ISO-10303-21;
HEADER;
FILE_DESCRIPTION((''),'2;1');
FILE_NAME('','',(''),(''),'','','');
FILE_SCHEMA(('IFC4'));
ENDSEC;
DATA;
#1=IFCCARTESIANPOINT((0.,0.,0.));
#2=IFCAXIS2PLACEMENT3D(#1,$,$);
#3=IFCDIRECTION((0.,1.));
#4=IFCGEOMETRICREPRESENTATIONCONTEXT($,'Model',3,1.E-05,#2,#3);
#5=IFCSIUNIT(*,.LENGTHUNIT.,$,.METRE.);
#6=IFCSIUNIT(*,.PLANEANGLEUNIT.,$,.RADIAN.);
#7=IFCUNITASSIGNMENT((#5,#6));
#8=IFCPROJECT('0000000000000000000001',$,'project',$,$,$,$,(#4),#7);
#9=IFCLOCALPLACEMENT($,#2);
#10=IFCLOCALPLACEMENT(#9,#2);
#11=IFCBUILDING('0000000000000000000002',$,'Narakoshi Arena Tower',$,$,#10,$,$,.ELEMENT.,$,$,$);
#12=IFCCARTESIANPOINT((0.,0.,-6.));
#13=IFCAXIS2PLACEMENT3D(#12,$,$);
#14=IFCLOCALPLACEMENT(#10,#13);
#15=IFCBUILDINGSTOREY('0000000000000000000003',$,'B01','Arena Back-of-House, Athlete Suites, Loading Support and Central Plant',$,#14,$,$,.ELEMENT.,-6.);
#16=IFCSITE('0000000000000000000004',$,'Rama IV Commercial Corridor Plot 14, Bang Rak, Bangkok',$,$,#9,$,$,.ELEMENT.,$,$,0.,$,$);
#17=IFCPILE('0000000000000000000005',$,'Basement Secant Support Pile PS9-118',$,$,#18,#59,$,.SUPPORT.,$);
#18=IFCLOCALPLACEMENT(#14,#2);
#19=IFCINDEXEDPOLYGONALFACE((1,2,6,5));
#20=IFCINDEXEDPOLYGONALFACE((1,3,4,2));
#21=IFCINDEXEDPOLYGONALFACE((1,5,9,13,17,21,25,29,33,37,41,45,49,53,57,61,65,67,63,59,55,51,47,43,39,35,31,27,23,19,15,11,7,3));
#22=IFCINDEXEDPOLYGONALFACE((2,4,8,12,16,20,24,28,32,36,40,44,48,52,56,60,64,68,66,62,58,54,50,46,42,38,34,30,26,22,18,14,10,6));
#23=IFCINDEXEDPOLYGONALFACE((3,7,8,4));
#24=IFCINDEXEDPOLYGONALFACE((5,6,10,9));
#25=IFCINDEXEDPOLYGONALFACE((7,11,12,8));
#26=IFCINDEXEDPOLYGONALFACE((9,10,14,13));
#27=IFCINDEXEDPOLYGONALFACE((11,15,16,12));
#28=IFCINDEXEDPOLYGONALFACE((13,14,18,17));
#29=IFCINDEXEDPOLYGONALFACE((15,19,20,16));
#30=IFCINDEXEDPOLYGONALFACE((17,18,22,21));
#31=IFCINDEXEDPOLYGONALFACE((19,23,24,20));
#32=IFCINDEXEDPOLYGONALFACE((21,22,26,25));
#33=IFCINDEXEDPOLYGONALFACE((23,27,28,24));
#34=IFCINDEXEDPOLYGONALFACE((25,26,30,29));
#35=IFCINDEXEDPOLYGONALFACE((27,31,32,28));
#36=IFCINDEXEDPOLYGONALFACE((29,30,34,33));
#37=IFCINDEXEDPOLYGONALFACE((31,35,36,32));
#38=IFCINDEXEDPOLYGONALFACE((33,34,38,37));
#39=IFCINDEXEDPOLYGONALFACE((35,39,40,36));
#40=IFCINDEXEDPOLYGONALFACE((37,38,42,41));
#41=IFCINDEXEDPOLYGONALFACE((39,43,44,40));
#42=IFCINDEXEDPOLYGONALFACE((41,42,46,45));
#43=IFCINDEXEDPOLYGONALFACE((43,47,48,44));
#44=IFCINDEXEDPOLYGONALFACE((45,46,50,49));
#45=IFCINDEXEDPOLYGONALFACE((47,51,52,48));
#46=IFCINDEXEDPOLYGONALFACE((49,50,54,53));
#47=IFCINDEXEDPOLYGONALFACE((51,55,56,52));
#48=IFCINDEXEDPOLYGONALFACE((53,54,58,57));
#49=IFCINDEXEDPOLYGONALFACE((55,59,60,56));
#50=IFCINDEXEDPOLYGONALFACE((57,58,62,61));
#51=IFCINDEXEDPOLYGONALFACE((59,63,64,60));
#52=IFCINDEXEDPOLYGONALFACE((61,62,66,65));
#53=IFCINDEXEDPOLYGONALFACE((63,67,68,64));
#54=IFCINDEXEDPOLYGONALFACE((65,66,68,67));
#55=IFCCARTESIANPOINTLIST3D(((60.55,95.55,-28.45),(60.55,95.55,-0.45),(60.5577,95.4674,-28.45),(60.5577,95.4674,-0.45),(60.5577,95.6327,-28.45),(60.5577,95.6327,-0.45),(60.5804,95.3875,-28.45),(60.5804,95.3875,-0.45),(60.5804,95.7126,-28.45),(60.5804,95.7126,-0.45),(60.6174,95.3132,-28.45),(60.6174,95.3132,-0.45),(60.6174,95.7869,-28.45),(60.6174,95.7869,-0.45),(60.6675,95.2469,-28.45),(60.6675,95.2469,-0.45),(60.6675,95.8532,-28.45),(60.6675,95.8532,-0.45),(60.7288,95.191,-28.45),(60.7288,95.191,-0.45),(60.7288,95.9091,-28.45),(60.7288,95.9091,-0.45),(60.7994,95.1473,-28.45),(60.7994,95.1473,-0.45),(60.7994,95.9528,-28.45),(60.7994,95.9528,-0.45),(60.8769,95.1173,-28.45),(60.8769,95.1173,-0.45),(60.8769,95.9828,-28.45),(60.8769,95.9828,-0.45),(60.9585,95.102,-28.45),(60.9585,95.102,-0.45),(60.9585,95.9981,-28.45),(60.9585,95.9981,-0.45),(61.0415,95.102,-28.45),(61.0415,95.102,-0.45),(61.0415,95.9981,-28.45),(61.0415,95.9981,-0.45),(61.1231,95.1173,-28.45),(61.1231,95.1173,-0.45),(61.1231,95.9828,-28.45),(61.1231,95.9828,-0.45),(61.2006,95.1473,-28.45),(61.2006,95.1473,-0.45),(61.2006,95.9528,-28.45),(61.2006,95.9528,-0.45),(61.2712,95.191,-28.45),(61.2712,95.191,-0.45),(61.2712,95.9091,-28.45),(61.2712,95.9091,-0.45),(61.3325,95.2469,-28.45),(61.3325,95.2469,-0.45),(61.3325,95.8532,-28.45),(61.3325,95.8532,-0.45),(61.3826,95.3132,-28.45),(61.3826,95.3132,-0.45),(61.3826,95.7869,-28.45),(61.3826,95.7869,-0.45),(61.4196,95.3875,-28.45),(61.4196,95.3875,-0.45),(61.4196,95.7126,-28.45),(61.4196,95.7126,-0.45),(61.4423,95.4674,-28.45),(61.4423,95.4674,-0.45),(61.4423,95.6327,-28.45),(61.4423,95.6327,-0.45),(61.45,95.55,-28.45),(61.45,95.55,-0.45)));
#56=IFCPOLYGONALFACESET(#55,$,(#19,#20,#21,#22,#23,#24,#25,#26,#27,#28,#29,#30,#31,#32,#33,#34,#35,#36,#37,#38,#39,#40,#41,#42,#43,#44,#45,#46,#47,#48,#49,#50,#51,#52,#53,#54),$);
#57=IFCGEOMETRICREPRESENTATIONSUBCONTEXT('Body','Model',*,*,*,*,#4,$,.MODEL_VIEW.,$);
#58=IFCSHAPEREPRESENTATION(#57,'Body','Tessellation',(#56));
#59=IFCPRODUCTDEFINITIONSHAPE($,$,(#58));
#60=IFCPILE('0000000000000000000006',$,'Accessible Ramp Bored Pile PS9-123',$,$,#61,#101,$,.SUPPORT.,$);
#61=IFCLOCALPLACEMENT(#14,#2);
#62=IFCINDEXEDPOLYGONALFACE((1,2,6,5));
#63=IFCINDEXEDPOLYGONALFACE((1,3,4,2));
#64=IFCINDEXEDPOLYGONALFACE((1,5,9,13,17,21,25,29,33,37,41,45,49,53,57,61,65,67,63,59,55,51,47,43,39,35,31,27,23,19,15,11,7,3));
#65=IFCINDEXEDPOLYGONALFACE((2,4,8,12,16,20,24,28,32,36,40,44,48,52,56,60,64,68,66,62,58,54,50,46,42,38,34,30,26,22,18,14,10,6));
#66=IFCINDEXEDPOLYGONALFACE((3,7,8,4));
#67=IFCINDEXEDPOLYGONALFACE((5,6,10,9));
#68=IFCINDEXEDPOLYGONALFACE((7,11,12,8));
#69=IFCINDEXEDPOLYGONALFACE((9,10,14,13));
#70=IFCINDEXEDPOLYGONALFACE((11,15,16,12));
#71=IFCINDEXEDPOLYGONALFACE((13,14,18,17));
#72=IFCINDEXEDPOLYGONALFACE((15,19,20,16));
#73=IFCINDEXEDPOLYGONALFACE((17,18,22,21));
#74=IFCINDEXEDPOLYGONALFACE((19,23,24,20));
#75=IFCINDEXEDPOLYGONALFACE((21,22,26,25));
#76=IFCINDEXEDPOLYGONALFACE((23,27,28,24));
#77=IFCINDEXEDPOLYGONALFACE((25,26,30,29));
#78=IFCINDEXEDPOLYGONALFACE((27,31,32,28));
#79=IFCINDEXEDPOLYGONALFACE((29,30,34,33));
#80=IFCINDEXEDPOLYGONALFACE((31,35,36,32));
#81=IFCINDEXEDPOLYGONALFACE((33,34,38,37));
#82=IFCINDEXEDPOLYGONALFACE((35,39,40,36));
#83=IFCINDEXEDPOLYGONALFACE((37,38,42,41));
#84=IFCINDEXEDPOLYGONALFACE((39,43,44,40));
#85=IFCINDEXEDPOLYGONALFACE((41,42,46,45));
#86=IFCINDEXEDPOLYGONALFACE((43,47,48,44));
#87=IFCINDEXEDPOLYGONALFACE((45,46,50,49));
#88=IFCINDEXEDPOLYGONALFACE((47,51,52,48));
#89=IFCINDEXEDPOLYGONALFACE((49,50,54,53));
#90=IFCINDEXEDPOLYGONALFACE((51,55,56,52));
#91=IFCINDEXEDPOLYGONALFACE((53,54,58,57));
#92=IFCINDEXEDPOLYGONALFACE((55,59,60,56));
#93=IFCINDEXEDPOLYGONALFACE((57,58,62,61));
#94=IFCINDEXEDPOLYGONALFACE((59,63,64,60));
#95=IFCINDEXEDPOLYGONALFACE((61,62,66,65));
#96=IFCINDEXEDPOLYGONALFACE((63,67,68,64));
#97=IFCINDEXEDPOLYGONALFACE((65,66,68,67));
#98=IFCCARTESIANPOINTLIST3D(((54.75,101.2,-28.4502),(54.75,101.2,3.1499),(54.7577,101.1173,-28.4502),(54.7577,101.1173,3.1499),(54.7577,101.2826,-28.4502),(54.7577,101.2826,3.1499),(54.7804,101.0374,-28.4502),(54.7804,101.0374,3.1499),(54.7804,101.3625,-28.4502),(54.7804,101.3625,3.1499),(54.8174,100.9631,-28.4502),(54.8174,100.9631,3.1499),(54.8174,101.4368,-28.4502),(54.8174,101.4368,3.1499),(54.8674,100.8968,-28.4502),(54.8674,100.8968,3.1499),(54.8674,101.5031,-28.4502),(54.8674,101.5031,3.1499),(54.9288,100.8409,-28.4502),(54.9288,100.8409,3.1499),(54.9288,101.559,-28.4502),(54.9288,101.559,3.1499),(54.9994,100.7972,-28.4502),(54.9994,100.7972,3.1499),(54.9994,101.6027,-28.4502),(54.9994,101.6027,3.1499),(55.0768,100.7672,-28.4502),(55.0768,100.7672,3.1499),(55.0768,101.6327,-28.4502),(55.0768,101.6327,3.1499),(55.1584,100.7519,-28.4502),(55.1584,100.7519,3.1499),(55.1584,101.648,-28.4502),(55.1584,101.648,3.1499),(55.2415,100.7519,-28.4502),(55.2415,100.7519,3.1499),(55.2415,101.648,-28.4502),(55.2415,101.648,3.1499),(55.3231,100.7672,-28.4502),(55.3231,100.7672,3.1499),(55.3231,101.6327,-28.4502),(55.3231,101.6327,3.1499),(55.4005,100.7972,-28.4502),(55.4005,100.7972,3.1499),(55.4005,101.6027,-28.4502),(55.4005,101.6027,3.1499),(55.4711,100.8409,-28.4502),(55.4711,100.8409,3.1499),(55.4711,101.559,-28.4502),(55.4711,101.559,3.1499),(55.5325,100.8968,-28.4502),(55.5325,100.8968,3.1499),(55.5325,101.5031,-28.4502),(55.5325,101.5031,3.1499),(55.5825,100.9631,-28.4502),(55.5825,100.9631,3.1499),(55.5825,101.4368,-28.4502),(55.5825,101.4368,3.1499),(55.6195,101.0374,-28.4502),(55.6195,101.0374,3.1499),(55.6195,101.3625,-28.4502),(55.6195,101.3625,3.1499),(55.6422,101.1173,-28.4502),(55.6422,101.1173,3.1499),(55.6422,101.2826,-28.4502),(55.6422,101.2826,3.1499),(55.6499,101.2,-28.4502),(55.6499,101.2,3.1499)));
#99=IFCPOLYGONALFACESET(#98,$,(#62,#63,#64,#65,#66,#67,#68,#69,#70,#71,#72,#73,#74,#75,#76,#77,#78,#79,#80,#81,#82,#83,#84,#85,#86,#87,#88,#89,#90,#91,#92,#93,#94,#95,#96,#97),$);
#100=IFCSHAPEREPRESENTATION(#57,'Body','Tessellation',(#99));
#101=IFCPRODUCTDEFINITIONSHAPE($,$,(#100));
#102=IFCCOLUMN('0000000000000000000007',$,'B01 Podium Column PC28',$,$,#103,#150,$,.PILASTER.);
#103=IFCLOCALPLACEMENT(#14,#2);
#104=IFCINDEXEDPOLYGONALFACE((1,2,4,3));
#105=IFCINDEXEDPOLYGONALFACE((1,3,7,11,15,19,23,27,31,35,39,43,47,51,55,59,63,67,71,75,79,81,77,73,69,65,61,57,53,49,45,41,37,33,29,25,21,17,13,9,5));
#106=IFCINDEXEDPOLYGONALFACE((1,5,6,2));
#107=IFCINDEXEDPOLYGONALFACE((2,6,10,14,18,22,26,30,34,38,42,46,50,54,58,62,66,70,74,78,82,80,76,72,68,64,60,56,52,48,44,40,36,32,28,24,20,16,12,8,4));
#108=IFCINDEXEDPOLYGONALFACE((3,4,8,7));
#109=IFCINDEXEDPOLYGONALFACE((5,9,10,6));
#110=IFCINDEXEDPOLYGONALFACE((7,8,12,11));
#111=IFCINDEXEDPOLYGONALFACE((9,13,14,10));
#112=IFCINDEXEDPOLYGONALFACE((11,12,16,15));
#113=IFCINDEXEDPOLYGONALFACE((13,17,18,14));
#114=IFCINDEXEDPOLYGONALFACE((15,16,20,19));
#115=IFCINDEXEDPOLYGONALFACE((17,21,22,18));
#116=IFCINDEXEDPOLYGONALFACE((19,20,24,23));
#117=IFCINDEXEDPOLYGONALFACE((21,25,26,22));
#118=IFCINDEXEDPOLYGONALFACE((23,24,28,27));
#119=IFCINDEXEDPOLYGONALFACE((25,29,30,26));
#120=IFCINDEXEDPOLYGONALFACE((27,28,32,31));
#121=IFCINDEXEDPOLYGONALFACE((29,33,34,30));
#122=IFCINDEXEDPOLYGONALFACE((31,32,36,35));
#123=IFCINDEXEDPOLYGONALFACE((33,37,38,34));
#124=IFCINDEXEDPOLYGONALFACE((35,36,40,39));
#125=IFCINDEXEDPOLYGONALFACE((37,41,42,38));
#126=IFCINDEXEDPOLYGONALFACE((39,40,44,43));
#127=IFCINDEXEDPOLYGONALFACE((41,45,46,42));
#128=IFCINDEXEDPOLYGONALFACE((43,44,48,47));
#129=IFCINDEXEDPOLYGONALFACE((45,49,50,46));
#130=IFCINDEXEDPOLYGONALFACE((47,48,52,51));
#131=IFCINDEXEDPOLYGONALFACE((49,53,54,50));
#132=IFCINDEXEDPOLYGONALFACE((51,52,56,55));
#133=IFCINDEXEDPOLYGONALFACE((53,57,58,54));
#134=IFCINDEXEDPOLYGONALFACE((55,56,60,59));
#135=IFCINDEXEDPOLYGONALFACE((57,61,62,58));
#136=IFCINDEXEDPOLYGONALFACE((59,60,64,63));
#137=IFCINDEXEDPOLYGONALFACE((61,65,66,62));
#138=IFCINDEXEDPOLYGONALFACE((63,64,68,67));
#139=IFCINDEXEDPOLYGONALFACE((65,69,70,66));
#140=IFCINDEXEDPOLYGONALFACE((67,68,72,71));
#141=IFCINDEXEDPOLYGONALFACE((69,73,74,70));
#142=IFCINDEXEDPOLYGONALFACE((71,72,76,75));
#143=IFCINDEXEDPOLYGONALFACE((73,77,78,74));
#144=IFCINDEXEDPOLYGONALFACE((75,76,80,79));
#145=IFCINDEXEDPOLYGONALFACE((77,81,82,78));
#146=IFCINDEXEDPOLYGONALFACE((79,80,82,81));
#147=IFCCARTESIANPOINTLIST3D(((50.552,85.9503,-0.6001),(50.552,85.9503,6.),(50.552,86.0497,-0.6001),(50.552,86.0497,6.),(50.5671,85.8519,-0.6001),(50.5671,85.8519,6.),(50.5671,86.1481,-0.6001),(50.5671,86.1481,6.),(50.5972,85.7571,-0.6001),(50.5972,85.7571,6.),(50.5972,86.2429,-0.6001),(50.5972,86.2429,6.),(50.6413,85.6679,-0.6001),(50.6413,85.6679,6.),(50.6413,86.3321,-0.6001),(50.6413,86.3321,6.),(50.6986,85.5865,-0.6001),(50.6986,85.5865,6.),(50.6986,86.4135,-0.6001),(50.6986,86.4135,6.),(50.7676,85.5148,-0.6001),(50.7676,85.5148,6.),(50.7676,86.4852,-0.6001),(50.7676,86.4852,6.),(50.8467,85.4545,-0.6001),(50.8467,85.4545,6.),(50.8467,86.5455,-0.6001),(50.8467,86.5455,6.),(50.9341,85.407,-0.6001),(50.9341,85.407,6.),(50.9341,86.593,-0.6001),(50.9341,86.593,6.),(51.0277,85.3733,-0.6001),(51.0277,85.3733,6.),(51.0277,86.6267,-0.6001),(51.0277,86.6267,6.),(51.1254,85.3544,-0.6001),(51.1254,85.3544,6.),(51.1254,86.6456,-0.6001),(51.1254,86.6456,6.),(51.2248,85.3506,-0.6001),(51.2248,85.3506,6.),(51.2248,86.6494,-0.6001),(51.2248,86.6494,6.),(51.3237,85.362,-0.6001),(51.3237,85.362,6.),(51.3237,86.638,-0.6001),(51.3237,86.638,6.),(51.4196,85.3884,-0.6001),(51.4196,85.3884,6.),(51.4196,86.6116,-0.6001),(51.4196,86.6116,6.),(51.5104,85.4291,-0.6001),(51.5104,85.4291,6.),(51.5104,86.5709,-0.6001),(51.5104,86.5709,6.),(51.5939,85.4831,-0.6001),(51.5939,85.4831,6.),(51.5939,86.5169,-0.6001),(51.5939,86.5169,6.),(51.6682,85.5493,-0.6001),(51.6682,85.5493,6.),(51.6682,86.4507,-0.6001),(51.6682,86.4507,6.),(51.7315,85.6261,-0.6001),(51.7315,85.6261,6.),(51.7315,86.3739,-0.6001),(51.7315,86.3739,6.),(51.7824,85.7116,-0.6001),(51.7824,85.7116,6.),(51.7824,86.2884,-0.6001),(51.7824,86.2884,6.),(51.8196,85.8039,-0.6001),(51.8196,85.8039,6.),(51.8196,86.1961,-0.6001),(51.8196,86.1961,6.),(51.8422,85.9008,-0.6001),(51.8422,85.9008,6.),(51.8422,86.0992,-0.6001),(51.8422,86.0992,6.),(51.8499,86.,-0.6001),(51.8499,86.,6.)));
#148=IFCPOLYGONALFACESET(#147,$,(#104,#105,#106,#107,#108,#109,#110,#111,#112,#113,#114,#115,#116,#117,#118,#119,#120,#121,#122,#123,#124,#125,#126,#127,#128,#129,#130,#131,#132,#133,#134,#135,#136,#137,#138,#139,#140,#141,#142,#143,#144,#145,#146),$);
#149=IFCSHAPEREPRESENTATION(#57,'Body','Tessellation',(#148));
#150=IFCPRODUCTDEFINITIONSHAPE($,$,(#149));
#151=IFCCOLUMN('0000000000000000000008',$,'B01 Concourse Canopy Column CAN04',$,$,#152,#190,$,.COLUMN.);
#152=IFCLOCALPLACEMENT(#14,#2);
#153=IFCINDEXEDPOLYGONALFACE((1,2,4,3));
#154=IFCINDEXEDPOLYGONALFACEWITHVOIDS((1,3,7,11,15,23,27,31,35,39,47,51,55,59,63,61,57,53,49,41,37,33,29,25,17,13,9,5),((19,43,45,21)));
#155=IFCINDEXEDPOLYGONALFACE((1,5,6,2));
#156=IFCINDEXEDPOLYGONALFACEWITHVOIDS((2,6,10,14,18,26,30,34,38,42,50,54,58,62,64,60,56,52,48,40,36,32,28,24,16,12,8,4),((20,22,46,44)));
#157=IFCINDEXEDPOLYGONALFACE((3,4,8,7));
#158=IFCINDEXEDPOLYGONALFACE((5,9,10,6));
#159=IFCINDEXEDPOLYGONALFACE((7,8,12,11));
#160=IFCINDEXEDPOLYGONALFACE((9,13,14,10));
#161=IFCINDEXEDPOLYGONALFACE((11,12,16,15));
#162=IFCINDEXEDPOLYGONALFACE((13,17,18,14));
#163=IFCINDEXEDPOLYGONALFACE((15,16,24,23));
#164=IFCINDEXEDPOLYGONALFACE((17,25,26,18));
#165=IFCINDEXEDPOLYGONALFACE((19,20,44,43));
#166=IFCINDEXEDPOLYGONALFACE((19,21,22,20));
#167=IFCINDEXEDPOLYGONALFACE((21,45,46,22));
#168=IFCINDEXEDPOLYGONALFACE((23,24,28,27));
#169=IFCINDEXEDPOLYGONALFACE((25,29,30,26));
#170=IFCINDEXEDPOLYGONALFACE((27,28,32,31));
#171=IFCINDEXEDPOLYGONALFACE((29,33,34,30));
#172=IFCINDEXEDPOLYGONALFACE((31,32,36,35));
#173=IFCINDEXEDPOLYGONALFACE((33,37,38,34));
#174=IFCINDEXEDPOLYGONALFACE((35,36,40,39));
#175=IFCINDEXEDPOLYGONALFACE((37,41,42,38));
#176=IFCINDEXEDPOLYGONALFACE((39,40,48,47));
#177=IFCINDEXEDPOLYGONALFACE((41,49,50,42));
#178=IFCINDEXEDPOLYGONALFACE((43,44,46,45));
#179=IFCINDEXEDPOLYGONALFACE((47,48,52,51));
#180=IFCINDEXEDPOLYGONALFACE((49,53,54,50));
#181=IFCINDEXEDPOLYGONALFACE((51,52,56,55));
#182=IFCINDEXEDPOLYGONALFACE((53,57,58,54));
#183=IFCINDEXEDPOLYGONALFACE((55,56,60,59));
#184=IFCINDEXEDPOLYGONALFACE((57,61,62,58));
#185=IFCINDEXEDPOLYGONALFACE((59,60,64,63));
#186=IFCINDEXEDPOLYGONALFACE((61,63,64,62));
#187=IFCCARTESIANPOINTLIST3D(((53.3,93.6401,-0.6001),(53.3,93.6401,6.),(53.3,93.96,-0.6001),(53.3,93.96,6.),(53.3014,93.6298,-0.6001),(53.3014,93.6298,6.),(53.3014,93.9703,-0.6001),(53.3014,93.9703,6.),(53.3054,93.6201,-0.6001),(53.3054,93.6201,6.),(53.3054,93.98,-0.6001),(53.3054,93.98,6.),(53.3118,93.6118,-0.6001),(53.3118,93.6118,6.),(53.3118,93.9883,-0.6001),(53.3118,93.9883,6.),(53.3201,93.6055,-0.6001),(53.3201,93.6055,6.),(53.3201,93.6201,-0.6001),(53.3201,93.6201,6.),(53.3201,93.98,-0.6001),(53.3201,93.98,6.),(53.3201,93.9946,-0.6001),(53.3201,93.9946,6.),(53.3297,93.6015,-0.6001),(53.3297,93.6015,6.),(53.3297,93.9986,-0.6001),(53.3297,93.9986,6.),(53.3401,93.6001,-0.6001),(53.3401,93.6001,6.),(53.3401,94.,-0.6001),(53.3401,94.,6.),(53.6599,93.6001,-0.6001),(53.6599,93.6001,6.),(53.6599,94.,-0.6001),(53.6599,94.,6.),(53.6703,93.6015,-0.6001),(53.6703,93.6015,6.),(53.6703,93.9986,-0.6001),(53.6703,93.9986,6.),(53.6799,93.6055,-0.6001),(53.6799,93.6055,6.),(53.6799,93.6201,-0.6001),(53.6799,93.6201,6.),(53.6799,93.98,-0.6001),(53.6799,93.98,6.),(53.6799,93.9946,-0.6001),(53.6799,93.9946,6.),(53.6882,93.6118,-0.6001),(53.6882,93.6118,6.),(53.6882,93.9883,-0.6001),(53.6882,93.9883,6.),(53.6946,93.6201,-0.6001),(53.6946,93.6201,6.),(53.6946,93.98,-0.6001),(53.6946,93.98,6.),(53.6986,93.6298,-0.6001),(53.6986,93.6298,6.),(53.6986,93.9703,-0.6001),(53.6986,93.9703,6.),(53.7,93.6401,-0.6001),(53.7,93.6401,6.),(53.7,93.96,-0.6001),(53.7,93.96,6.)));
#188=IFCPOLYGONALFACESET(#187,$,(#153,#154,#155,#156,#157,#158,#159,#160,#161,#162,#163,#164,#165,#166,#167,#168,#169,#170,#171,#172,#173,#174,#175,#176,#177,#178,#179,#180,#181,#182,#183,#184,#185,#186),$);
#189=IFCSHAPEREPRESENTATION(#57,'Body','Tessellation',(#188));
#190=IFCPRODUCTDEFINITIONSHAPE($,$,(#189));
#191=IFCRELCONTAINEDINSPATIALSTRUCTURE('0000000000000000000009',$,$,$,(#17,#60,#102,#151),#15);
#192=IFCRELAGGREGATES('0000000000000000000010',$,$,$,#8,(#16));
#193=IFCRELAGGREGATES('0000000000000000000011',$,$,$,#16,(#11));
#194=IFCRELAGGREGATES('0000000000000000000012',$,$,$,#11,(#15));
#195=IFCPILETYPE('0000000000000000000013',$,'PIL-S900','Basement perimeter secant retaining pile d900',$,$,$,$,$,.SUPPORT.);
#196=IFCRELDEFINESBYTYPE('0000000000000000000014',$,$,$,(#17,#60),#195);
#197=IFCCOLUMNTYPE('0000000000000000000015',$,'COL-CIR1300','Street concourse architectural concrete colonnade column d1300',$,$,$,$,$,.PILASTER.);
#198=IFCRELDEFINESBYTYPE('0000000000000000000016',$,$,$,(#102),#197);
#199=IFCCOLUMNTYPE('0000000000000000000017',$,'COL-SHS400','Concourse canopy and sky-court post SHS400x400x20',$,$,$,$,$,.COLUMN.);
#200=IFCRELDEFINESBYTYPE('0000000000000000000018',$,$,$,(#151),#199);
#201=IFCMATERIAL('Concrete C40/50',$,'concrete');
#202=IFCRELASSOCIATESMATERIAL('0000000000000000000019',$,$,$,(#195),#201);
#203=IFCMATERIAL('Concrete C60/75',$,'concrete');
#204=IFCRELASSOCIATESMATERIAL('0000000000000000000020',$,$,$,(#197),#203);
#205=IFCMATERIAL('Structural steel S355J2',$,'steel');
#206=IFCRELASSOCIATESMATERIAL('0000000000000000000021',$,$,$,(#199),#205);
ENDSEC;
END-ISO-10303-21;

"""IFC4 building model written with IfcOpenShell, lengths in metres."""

from ifc_helpers import new_model, si_unit, direction, frame, origin, origin_2d, place, context, subcontext, project, spatial, hollow_rectangle, circle, extrude, material, material_profile, profile_set, type_object, element, save


model = new_model("IFC4")

# Units and contexts
model_context = context("Model", 3, precision=1e-05, world=origin(), true_north=direction((0.0, 1.0)))
body_context = subcontext(model_context, "Body", "Model", "MODEL_VIEW")
ifc_project = project(units=[si_unit("LENGTHUNIT", "METRE"), si_unit("PLANEANGLEUNIT", "RADIAN")], contexts=[model_context])

# Site, building, storey
site_placement = place(None, origin())
site = spatial("IfcSite", under=ifc_project, at=site_placement, Name="Rama IV Commercial Corridor Plot 14, Bang Rak, Bangkok", CompositionType="ELEMENT", RefElevation=0.0)
building_placement = place(site_placement, origin())
building = spatial("IfcBuilding", under=site, at=building_placement, Name="Narakoshi Arena Tower", CompositionType="ELEMENT")
storey_placement = place(building_placement, frame((0.0, 0.0, -6.0)))
storey = spatial("IfcBuildingStorey", under=building, at=storey_placement, Name="B01", Description="Arena Back-of-House, Athlete Suites, Loading Support and Central Plant", CompositionType="ELEMENT", Elevation=-6.0)

# Piles
ifc_material_1 = material(Name="Concrete C40/50", Category="concrete")
ifc_material_profile_1 = material_profile(ifc_material_1, circle(Radius=0.45, at=origin_2d()), Name="PILE-D900")
ifc_profile_set_1 = profile_set([ifc_material_profile_1], Name="Concrete C40/50")
pile_type_1 = type_object("IfcPileType", Name="PIL-S900", Description="Basement perimeter secant retaining pile d900", PredefinedType="SUPPORT", material=ifc_profile_set_1)
pile_1_placement = place(storey_placement, frame((61.0, 95.55, -0.45), z_axis=(0.0, 0.0, -1.0), x_axis=(1.0, 0.0, 0.0)))
element("IfcPile", 1, at=pile_1_placement, inside=storey, type_object=pile_type_1, Name="Basement Secant Support Pile PS9-118", PredefinedType="SUPPORT", context=body_context, shape_type="SweptSolid", body=[
    extrude(circle(Radius=0.45, at=origin_2d()), origin(), (0.0, 0.0, 1.0), 28.0),
])
pile_2_placement = place(storey_placement, frame((55.2, 101.2, 3.1499), z_axis=(0.0, 0.0, -1.0), x_axis=(1.0, 0.0, 0.0)))
element("IfcPile", 2, at=pile_2_placement, inside=storey, type_object=pile_type_1, Name="Accessible Ramp Bored Pile PS9-123", PredefinedType="SUPPORT", context=body_context, shape_type="SweptSolid", body=[
    extrude(circle(Radius=0.45, at=origin_2d()), origin(), (0.0, 0.0, 1.0), 31.6001),
])

# Columns
ifc_material_2 = material(Name="Concrete C60/75", Category="concrete")
ifc_material_profile_2 = material_profile(ifc_material_2, circle(Radius=0.6499, at=origin_2d()), Name="RCC1300")
ifc_profile_set_2 = profile_set([ifc_material_profile_2], Name="Concrete C60/75")
column_type_1 = type_object("IfcColumnType", Name="COL-CIR1300", Description="Street concourse architectural concrete colonnade column d1300", PredefinedType="PILASTER", material=ifc_profile_set_2)
column_placement = place(storey_placement, frame((51.2, 86.0, -0.6001), z_axis=(0.0, 0.0, 1.0), x_axis=(1.0, 0.0, 0.0)))
element("IfcColumn", 3, at=column_placement, inside=storey, type_object=column_type_1, Name="B01 Podium Column PC28", PredefinedType="PILASTER", context=body_context, shape_type="SweptSolid", body=[
    extrude(circle(Radius=0.6499, at=origin_2d()), origin(), (0.0, 0.0, 1.0), 6.6001),
])
ifc_material_3 = material(Name="Structural steel S355J2", Category="steel")
ifc_material_profile_3 = material_profile(ifc_material_3, hollow_rectangle(XDim=0.3999, YDim=0.3999, WallThickness=0.02, OuterFilletRadius=0.04, at=origin_2d()), Name="SHS400x400x20")
ifc_profile_set_3 = profile_set([ifc_material_profile_3], Name="Structural steel S355J2")
column_type_2 = type_object("IfcColumnType", Name="COL-SHS400", Description="Concourse canopy and sky-court post SHS400x400x20", PredefinedType="COLUMN", material=ifc_profile_set_3)
for number, where, z_axis, x_axis, name in (
    (4, (53.5, 93.8, -0.6001), (0.0, 0.0, 1.0), (1.0, 0.0, 0.0), "B01 Concourse Canopy Column CAN04"),
):
    element("IfcColumn", number, at=place(storey_placement, frame(where, z_axis=z_axis, x_axis=x_axis)), inside=storey, type_object=column_type_2, Name=name, PredefinedType="COLUMN", context=body_context, shape_type="SweptSolid", body=[
        extrude(hollow_rectangle(XDim=0.3999, YDim=0.3999, WallThickness=0.02, OuterFilletRadius=0.04, at=origin_2d()), origin(), (0.0, 0.0, 1.0), 6.6001),
    ])

save(model, "model.ifc")
